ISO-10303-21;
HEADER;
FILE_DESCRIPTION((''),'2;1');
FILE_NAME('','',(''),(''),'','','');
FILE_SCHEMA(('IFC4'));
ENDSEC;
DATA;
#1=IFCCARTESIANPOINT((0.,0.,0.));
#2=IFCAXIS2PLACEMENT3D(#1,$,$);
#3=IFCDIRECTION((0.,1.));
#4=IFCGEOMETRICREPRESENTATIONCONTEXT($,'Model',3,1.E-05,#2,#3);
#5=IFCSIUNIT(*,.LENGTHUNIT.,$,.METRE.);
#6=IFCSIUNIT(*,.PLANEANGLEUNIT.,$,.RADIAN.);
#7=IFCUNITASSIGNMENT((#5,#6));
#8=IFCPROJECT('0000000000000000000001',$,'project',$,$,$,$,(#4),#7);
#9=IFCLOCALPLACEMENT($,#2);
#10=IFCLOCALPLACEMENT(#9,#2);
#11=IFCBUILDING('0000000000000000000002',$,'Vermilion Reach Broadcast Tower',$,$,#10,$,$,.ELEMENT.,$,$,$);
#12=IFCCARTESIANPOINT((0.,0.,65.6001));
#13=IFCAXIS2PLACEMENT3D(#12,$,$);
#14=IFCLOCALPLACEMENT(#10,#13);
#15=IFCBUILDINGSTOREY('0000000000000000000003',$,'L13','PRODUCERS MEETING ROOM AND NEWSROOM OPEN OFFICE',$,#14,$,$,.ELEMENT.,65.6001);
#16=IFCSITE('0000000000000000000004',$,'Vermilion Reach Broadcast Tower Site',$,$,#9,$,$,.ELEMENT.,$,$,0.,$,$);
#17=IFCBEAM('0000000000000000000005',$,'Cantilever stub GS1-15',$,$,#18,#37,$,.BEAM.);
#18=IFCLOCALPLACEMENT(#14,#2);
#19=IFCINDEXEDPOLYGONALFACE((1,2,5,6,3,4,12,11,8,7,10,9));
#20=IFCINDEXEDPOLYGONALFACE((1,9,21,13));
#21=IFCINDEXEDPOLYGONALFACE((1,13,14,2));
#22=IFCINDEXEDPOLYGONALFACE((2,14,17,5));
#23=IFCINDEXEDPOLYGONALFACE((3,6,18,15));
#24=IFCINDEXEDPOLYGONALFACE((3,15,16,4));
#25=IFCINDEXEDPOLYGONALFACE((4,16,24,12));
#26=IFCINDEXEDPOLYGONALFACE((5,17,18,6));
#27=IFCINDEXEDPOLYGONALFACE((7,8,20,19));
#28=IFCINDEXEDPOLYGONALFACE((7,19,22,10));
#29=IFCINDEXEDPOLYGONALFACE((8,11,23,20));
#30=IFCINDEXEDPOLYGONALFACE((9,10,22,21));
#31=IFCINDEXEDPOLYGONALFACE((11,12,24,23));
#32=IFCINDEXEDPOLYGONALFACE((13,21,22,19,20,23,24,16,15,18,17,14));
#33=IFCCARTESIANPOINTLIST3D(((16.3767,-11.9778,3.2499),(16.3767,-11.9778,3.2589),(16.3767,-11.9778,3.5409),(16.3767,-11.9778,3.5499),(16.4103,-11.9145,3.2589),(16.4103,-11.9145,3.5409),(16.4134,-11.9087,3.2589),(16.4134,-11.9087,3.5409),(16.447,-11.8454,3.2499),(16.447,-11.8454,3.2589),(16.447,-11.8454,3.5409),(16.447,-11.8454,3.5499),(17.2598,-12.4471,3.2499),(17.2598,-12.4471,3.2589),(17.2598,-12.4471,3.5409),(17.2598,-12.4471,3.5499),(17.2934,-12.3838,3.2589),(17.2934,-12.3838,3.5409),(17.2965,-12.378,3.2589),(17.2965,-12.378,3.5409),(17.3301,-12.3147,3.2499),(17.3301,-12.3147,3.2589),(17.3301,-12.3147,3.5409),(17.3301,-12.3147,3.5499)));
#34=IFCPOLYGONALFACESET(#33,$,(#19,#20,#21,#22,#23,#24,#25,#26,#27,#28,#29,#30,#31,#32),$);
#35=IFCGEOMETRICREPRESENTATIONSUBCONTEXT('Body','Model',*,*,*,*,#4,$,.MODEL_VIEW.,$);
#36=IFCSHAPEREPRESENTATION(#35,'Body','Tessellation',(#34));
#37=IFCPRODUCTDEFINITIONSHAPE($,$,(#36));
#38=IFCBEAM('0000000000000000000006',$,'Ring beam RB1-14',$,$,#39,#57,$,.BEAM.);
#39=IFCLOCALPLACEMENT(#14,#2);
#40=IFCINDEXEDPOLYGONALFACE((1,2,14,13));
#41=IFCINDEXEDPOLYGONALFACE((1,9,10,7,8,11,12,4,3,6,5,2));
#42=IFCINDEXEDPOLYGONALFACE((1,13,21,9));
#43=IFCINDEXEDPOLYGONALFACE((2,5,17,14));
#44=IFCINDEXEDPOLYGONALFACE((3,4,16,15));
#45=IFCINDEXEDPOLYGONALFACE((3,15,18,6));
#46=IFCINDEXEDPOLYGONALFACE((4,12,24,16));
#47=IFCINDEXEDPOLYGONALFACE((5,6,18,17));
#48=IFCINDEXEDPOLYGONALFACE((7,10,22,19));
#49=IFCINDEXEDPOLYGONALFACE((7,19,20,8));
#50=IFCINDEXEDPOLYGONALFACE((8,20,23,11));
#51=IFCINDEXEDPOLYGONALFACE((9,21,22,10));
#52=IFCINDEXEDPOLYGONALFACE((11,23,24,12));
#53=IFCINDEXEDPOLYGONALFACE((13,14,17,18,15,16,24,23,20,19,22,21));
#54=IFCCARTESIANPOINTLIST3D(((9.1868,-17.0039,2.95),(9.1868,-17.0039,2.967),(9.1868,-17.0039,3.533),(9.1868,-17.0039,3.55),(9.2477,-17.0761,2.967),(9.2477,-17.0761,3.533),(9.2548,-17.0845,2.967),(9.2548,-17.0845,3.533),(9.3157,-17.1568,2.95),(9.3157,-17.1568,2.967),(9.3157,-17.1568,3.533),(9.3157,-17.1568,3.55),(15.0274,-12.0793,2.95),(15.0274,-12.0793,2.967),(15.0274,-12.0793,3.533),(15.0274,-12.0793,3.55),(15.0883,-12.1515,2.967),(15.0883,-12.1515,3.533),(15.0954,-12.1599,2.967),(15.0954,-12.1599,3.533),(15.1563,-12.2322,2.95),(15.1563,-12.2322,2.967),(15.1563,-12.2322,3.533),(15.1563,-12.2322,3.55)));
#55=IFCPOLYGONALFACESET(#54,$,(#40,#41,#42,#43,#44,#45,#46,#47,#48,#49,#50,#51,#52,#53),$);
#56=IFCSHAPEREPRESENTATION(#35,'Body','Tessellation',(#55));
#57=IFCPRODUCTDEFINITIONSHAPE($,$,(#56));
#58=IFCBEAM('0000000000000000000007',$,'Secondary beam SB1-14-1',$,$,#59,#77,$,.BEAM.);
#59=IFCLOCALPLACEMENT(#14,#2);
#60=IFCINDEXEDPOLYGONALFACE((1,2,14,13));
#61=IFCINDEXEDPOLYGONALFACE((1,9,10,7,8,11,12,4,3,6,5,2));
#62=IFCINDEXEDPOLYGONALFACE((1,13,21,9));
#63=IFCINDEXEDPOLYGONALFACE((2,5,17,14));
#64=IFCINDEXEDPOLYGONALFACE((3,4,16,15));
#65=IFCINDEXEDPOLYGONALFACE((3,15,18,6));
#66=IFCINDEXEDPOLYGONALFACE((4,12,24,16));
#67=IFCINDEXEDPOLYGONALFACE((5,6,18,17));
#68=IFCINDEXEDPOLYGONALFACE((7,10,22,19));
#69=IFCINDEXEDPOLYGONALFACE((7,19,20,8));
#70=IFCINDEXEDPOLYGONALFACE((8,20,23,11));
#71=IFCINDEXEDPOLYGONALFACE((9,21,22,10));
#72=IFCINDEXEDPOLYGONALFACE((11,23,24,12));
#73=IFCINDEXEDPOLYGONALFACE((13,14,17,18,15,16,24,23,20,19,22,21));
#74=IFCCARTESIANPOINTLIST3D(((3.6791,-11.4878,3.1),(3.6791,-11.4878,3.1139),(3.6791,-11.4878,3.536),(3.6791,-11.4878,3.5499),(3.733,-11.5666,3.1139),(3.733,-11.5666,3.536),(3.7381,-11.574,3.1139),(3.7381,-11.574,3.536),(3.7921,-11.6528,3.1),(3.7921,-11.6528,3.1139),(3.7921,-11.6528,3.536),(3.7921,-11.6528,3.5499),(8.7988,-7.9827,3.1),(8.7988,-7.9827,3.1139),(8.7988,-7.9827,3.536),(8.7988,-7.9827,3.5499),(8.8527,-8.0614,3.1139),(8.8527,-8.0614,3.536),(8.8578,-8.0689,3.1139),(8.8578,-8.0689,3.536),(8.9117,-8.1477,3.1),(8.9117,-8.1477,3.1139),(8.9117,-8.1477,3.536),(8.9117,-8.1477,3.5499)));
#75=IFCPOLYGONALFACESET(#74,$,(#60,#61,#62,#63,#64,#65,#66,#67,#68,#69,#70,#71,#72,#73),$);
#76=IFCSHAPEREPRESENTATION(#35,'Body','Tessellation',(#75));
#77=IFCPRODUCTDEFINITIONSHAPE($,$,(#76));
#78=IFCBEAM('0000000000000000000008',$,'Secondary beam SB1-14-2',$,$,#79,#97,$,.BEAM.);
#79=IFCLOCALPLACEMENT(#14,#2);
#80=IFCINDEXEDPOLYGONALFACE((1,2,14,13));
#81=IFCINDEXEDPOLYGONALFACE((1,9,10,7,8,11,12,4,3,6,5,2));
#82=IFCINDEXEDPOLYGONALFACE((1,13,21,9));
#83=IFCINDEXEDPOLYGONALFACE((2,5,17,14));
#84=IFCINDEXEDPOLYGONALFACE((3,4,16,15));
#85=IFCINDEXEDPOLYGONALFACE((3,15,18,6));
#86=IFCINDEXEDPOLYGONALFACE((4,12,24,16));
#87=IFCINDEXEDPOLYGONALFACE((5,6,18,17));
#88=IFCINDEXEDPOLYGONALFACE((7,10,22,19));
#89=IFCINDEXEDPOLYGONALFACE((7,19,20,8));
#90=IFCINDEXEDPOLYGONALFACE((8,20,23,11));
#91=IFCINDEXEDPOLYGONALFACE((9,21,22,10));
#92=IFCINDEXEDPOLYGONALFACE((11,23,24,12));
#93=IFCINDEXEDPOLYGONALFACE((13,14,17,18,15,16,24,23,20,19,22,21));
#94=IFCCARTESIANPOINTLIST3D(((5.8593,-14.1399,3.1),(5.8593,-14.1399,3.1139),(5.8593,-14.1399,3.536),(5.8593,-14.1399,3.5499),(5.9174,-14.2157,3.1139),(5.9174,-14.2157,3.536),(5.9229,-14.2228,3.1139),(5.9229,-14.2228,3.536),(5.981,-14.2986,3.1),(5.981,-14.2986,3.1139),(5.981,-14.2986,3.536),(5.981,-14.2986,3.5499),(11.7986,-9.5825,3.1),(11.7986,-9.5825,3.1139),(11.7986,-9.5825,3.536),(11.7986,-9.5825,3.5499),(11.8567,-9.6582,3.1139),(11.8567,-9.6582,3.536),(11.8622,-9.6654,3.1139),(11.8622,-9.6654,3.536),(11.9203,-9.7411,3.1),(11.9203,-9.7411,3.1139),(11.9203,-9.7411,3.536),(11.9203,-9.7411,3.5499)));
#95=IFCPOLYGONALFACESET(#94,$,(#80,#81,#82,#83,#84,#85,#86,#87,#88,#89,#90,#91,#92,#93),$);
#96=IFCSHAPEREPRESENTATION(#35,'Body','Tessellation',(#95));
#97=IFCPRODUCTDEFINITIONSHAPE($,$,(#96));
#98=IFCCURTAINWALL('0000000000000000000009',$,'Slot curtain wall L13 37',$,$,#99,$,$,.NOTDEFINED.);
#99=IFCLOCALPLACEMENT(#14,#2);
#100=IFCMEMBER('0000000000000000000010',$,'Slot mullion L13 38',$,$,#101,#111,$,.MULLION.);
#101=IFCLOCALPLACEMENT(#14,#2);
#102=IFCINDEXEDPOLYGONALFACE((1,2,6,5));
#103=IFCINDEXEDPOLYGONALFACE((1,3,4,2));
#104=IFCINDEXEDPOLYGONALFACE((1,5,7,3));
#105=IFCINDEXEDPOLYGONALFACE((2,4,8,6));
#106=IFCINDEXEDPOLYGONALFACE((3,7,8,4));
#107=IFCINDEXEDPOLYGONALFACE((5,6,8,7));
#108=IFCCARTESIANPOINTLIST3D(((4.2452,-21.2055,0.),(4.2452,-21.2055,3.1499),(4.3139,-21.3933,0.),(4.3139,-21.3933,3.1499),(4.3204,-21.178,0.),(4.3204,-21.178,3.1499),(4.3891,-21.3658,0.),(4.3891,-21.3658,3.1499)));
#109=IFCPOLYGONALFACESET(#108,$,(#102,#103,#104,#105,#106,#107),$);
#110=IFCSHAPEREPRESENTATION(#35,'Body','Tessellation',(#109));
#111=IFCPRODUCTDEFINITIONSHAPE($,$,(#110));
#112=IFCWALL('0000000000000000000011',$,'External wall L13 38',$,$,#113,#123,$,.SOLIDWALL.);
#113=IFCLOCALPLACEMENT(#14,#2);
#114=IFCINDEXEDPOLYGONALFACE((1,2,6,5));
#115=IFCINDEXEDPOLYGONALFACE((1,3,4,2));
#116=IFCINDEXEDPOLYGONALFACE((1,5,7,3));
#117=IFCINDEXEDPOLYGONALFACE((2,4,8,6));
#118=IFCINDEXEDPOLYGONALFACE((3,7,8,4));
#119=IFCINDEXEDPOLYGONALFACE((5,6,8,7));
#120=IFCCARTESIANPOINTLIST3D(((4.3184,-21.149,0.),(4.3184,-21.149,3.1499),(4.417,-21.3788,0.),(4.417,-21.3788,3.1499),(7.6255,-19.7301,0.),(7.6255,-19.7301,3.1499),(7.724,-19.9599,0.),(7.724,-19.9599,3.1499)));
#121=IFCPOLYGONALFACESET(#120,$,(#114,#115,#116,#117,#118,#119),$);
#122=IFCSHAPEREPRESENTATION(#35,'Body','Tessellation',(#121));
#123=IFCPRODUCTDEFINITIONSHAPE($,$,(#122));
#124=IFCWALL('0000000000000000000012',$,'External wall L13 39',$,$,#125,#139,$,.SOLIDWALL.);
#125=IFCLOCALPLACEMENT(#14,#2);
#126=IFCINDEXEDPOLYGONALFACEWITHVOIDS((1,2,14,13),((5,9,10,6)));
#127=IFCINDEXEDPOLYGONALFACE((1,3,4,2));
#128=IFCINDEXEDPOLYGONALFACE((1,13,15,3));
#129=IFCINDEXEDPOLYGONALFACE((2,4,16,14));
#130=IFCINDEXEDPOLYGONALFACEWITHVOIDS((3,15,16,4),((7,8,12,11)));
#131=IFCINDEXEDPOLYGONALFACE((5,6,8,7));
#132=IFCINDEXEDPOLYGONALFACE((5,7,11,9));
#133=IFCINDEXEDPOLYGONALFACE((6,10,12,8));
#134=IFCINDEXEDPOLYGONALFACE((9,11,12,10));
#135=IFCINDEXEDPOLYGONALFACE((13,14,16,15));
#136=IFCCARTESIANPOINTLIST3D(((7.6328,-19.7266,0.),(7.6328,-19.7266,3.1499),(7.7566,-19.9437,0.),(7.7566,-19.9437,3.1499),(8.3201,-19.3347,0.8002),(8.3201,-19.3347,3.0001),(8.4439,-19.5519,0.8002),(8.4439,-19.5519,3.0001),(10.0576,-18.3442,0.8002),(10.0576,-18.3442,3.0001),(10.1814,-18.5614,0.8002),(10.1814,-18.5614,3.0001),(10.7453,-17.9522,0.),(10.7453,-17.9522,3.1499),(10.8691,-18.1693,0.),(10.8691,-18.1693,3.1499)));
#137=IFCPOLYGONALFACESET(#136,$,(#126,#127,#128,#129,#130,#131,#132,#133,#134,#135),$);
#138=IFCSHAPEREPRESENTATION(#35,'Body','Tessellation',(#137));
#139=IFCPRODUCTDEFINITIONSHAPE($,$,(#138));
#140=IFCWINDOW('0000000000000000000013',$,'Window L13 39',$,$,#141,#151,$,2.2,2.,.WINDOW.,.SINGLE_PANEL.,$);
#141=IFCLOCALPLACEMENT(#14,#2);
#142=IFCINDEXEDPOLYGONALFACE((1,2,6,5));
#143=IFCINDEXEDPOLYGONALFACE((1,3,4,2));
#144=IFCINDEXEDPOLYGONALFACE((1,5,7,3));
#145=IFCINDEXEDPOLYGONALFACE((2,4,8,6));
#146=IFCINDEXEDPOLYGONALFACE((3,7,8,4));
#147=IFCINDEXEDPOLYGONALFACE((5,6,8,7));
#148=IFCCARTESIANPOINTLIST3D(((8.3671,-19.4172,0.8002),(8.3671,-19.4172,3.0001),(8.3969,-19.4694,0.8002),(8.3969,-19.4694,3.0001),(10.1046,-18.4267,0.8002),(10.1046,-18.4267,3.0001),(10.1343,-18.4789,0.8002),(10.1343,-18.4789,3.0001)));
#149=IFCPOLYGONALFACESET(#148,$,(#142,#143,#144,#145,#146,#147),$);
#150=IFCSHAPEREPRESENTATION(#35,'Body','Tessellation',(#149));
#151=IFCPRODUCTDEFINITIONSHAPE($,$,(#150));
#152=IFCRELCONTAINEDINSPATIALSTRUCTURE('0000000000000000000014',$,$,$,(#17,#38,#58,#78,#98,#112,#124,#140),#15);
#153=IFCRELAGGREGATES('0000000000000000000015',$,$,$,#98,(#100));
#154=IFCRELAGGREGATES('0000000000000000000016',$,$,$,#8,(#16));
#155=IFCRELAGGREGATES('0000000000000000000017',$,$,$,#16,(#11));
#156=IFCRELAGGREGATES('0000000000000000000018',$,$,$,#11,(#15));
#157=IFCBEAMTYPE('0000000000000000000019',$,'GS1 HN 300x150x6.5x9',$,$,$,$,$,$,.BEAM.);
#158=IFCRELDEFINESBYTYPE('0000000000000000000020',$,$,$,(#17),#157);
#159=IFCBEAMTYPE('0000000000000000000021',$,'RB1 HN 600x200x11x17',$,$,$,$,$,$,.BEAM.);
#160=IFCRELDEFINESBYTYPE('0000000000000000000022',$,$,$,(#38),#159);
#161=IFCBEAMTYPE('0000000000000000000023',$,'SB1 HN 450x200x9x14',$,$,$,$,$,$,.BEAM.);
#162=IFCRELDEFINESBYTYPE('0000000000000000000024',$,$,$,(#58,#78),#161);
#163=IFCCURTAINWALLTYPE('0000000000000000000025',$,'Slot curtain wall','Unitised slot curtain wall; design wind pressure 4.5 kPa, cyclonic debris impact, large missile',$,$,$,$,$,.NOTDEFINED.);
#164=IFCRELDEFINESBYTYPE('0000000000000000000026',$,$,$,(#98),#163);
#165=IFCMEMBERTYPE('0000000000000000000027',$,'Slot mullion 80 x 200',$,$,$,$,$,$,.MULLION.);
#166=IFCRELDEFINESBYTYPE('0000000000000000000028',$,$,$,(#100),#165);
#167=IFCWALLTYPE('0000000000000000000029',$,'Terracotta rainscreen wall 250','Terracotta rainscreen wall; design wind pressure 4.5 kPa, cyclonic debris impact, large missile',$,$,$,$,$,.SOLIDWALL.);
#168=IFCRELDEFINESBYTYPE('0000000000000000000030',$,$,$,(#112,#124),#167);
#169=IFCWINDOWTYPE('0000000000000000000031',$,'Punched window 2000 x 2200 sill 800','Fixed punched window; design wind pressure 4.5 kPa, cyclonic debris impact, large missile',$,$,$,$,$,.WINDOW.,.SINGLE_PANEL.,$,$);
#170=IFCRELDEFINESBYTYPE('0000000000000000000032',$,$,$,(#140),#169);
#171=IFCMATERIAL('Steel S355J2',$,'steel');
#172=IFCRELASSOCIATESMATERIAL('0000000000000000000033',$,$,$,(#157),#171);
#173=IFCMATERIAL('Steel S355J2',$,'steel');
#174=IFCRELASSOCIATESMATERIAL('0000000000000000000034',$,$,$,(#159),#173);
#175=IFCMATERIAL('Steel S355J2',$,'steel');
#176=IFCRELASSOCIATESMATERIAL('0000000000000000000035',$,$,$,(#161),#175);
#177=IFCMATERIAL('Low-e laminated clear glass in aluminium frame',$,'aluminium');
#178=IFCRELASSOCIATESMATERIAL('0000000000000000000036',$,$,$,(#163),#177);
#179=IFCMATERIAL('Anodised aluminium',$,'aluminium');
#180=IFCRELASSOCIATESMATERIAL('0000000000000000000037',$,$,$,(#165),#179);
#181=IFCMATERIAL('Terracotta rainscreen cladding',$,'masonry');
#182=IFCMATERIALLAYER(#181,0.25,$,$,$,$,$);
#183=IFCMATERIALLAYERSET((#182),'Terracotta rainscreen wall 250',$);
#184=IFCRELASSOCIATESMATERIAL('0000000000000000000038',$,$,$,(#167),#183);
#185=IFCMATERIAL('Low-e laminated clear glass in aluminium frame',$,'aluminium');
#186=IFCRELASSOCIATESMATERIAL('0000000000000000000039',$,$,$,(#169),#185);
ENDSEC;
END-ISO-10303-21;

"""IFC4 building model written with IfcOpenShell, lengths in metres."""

from ifc_helpers import new_model, si_unit, direction, frame, frame_2d, origin, origin_2d, place, context, subcontext, project, spatial, rectangle, i_section, extrude, material, layer, layer_set, material_profile, profile_set, type_object, element, fill, aggregate, save


model = new_model("IFC4")

# Units and contexts
model_context = context("Model", 3, precision=1e-05, world=origin(), true_north=direction((0.0, 1.0)))
body_context = subcontext(model_context, "Body", "Model", "MODEL_VIEW")
ifc_project = project(units=[si_unit("LENGTHUNIT", "METRE"), si_unit("PLANEANGLEUNIT", "RADIAN")], contexts=[model_context])

# Site, building, storey
site_placement = place(None, origin())
site = spatial("IfcSite", under=ifc_project, at=site_placement, Name="Vermilion Reach Broadcast Tower Site", CompositionType="ELEMENT", RefElevation=0.0)
building_placement = place(site_placement, origin())
building = spatial("IfcBuilding", under=site, at=building_placement, Name="Vermilion Reach Broadcast Tower", CompositionType="ELEMENT")
storey_placement = place(building_placement, frame((0.0, 0.0, 65.6001)))
storey = spatial("IfcBuildingStorey", under=building, at=storey_placement, Name="L13", Description="PRODUCERS MEETING ROOM AND NEWSROOM OPEN OFFICE", CompositionType="ELEMENT", Elevation=65.6001)

# Beams
ifc_material_1 = material(Name="Steel S355J2", Category="steel")
ifc_material_profile_1 = material_profile(ifc_material_1, i_section(OverallWidth=0.1499, OverallDepth=0.3, WebThickness=0.0066, FlangeThickness=0.009, at=origin_2d()), Name="S355J2 HN 300x150x6.5x9")
ifc_profile_set_1 = profile_set([ifc_material_profile_1], Name="Steel S355J2")
beam_type_1 = type_object("IfcBeamType", Name="GS1 HN 300x150x6.5x9", PredefinedType="BEAM", material=ifc_profile_set_1)
beam_1_placement = place(storey_placement, frame((16.4119, -11.9116, 3.3999), z_axis=(0.883068, -0.469244, 0.0), x_axis=(0.469244, 0.883068, 0.0)))
element("IfcBeam", 1, at=beam_1_placement, inside=storey, type_object=beam_type_1, Name="Cantilever stub GS1-15", PredefinedType="BEAM", context=body_context, shape_type="SweptSolid", body=[
    extrude(i_section(OverallWidth=0.1499, OverallDepth=0.3, WebThickness=0.0066, FlangeThickness=0.009, at=origin_2d()), origin(), (0.0, 0.0, 1.0), 1.0),
])
ifc_material_2 = material(Name="Steel S355J2", Category="steel")
ifc_material_profile_2 = material_profile(ifc_material_2, i_section(OverallWidth=0.2, OverallDepth=0.6001, WebThickness=0.011, FlangeThickness=0.0171, at=origin_2d()), Name="S355J2 HN 600x200x11x17")
ifc_profile_set_2 = profile_set([ifc_material_profile_2], Name="Steel S355J2")
beam_type_2 = type_object("IfcBeamType", Name="RB1 HN 600x200x11x17", PredefinedType="BEAM", material=ifc_profile_set_2)
beam_2_placement = place(storey_placement, frame((9.2512, -17.0803, 3.25), z_axis=(0.764512, 0.644609, 0.0), x_axis=(-0.644609, 0.764512, 0.0)))
element("IfcBeam", 2, at=beam_2_placement, inside=storey, type_object=beam_type_2, Name="Ring beam RB1-14", PredefinedType="BEAM", context=body_context, shape_type="SweptSolid", body=[
    extrude(i_section(OverallWidth=0.2, OverallDepth=0.6001, WebThickness=0.011, FlangeThickness=0.0171, at=origin_2d()), origin(), (0.0, 0.0, 1.0), 7.6396),
])
ifc_material_3 = material(Name="Steel S355J2", Category="steel")
ifc_material_profile_3 = material_profile(ifc_material_3, i_section(OverallWidth=0.2, OverallDepth=0.45, WebThickness=0.009, FlangeThickness=0.0139, at=origin_2d()), Name="S355J2 HN 450x200x9x14")
ifc_profile_set_3 = profile_set([ifc_material_profile_3], Name="Steel S355J2")
beam_type_3 = type_object("IfcBeamType", Name="SB1 HN 450x200x9x14", PredefinedType="BEAM", material=ifc_profile_set_3)
beam_3_placement = place(storey_placement, frame((3.7356, -11.5703, 3.325), z_axis=(0.82514, 0.564928, 0.0), x_axis=(-0.564928, 0.82514, 0.0)))
element("IfcBeam", 3, at=beam_3_placement, inside=storey, type_object=beam_type_3, Name="Secondary beam SB1-14-1", PredefinedType="BEAM", context=body_context, shape_type="SweptSolid", body=[
    extrude(i_section(OverallWidth=0.2, OverallDepth=0.45, WebThickness=0.009, FlangeThickness=0.0139, at=origin_2d()), origin(), (0.0, 0.0, 1.0), 6.2046),
])
beam_4_placement = place(storey_placement, frame((5.9202, -14.2192, 3.325), z_axis=(0.79335, 0.608766, 0.0), x_axis=(-0.608766, 0.79335, 0.0)))
element("IfcBeam", 4, at=beam_4_placement, inside=storey, type_object=beam_type_3, Name="Secondary beam SB1-14-2", PredefinedType="BEAM", context=body_context, shape_type="SweptSolid", body=[
    extrude(i_section(OverallWidth=0.2, OverallDepth=0.45, WebThickness=0.009, FlangeThickness=0.0139, at=origin_2d()), origin(), (0.0, 0.0, 1.0), 7.4863),
])

# Curtain wall, member
ifc_material_4 = material(Name="Low-e laminated clear glass in aluminium frame", Category="aluminium")
curtain_wall_type = type_object("IfcCurtainWallType", Name="Slot curtain wall", Description="Unitised slot curtain wall; design wind pressure 4.5 kPa, cyclonic debris impact, large missile", PredefinedType="NOTDEFINED", material=ifc_material_4)
curtain_wall_placement = place(storey_placement, origin())
curtain_wall = element("IfcCurtainWall", 5, at=curtain_wall_placement, inside=storey, type_object=curtain_wall_type, Name="Slot curtain wall L13 37", PredefinedType="NOTDEFINED")
ifc_material_5 = material(Name="Anodised aluminium", Category="aluminium")
ifc_material_profile_4 = material_profile(ifc_material_5, rectangle(XDim=0.2, YDim=0.0801, at=origin_2d()), Name="Slot mullion 80 x 200")
ifc_profile_set_4 = profile_set([ifc_material_profile_4], Name="Anodised aluminium")
member_type = type_object("IfcMemberType", Name="Slot mullion 80 x 200", PredefinedType="MULLION", material=ifc_profile_set_4)
member_placement = place(storey_placement, frame((4.3171, -21.2856, 0.0), z_axis=(0.0, 0.0, 1.0), x_axis=(-0.343348, 0.939208, 0.0)))
member = element("IfcMember", 6, at=member_placement, type_object=member_type, Name="Slot mullion L13 38", PredefinedType="MULLION", context=body_context, shape_type="SweptSolid", body=[
    extrude(rectangle(XDim=0.2, YDim=0.0801, at=origin_2d()), origin(), (0.0, 0.0, 1.0), 3.1499),
])
aggregate(curtain_wall, [member])

# Wall
ifc_material_6 = material(Name="Terracotta rainscreen cladding", Category="masonry")
ifc_layer_1 = layer(ifc_material_6, 0.25)
ifc_layer_set_1 = layer_set([ifc_layer_1], Name="Terracotta rainscreen wall 250")
wall_type_1 = type_object("IfcWallType", Name="Terracotta rainscreen wall 250", Description="Terracotta rainscreen wall; design wind pressure 4.5 kPa, cyclonic debris impact, large missile", PredefinedType="SOLIDWALL", material=ifc_layer_set_1)
wall_1_placement = place(storey_placement, frame((4.3677, -21.2639, 0.0), z_axis=(0.0, 0.0, 1.0), x_axis=(0.918984, 0.394296, 0.0)))
element("IfcWall", 7, at=wall_1_placement, inside=storey, type_object=wall_type_1, Name="External wall L13 38", PredefinedType="SOLIDWALL", context=body_context, shape_type="SweptSolid", body=[
    extrude(rectangle(XDim=3.5986, YDim=0.25, at=frame_2d((1.7993, 0.0))), origin(), (0.0, 0.0, 1.0), 3.1499),
])

# Wall, opening, window
wall_2_placement = place(storey_placement, frame((7.6946, -19.8352, 0.0), z_axis=(0.0, 0.0, 1.0), x_axis=(0.868746, 0.495258, 0.0)))
wall_2 = element("IfcWall", 8, at=wall_2_placement, inside=storey, type_object=wall_type_1, Name="External wall L13 39", PredefinedType="SOLIDWALL", context=body_context, shape_type="SweptSolid", body=[
    extrude(rectangle(XDim=3.5828, YDim=0.25, at=frame_2d((1.7915, 0.0))), origin(), (0.0, 0.0, 1.0), 3.1499),
])
opening_1_placement = place(wall_2_placement, frame((0.7913, 0.0, 0.8)))
opening_1 = element("IfcOpeningElement", 9, at=opening_1_placement, cuts=wall_2, PredefinedType="OPENING", context=body_context, shape_type="SweptSolid", body=[
    extrude(rectangle(XDim=2.0, YDim=2.2, at=frame_2d((1.0, 1.1001))), frame((0.0, 0.135, 0.0), z_axis=(0.0, -1.0, 0.0), x_axis=(1.0, 0.0, 0.0)), (0.0, 0.0, 1.0), 0.27),
])
ifc_material_7 = material(Name="Low-e laminated clear glass in aluminium frame", Category="aluminium")
window_type = type_object("IfcWindowType", Name="Punched window 2000 x 2200 sill 800", Description="Fixed punched window; design wind pressure 4.5 kPa, cyclonic debris impact, large missile", PartitioningType="SINGLE_PANEL", PredefinedType="WINDOW", material=ifc_material_7)
window_1_placement = place(opening_1_placement, origin())
window_1 = element("IfcWindow", 10, at=window_1_placement, inside=storey, type_object=window_type, Name="Window L13 39", OverallHeight=2.2, OverallWidth=2.0, PartitioningType="SINGLE_PANEL", PredefinedType="WINDOW", context=body_context, shape_type="SweptSolid", body=[
    extrude(rectangle(XDim=2.0, YDim=2.2, at=frame_2d((1.0, 1.1001))), frame((0.0, 0.03, 0.0), z_axis=(0.0, -1.0, 0.0), x_axis=(1.0, 0.0, 0.0)), (0.0, 0.0, 1.0), 0.0601),
])
fill(opening_1, window_1)

save(model, "model.ifc")
